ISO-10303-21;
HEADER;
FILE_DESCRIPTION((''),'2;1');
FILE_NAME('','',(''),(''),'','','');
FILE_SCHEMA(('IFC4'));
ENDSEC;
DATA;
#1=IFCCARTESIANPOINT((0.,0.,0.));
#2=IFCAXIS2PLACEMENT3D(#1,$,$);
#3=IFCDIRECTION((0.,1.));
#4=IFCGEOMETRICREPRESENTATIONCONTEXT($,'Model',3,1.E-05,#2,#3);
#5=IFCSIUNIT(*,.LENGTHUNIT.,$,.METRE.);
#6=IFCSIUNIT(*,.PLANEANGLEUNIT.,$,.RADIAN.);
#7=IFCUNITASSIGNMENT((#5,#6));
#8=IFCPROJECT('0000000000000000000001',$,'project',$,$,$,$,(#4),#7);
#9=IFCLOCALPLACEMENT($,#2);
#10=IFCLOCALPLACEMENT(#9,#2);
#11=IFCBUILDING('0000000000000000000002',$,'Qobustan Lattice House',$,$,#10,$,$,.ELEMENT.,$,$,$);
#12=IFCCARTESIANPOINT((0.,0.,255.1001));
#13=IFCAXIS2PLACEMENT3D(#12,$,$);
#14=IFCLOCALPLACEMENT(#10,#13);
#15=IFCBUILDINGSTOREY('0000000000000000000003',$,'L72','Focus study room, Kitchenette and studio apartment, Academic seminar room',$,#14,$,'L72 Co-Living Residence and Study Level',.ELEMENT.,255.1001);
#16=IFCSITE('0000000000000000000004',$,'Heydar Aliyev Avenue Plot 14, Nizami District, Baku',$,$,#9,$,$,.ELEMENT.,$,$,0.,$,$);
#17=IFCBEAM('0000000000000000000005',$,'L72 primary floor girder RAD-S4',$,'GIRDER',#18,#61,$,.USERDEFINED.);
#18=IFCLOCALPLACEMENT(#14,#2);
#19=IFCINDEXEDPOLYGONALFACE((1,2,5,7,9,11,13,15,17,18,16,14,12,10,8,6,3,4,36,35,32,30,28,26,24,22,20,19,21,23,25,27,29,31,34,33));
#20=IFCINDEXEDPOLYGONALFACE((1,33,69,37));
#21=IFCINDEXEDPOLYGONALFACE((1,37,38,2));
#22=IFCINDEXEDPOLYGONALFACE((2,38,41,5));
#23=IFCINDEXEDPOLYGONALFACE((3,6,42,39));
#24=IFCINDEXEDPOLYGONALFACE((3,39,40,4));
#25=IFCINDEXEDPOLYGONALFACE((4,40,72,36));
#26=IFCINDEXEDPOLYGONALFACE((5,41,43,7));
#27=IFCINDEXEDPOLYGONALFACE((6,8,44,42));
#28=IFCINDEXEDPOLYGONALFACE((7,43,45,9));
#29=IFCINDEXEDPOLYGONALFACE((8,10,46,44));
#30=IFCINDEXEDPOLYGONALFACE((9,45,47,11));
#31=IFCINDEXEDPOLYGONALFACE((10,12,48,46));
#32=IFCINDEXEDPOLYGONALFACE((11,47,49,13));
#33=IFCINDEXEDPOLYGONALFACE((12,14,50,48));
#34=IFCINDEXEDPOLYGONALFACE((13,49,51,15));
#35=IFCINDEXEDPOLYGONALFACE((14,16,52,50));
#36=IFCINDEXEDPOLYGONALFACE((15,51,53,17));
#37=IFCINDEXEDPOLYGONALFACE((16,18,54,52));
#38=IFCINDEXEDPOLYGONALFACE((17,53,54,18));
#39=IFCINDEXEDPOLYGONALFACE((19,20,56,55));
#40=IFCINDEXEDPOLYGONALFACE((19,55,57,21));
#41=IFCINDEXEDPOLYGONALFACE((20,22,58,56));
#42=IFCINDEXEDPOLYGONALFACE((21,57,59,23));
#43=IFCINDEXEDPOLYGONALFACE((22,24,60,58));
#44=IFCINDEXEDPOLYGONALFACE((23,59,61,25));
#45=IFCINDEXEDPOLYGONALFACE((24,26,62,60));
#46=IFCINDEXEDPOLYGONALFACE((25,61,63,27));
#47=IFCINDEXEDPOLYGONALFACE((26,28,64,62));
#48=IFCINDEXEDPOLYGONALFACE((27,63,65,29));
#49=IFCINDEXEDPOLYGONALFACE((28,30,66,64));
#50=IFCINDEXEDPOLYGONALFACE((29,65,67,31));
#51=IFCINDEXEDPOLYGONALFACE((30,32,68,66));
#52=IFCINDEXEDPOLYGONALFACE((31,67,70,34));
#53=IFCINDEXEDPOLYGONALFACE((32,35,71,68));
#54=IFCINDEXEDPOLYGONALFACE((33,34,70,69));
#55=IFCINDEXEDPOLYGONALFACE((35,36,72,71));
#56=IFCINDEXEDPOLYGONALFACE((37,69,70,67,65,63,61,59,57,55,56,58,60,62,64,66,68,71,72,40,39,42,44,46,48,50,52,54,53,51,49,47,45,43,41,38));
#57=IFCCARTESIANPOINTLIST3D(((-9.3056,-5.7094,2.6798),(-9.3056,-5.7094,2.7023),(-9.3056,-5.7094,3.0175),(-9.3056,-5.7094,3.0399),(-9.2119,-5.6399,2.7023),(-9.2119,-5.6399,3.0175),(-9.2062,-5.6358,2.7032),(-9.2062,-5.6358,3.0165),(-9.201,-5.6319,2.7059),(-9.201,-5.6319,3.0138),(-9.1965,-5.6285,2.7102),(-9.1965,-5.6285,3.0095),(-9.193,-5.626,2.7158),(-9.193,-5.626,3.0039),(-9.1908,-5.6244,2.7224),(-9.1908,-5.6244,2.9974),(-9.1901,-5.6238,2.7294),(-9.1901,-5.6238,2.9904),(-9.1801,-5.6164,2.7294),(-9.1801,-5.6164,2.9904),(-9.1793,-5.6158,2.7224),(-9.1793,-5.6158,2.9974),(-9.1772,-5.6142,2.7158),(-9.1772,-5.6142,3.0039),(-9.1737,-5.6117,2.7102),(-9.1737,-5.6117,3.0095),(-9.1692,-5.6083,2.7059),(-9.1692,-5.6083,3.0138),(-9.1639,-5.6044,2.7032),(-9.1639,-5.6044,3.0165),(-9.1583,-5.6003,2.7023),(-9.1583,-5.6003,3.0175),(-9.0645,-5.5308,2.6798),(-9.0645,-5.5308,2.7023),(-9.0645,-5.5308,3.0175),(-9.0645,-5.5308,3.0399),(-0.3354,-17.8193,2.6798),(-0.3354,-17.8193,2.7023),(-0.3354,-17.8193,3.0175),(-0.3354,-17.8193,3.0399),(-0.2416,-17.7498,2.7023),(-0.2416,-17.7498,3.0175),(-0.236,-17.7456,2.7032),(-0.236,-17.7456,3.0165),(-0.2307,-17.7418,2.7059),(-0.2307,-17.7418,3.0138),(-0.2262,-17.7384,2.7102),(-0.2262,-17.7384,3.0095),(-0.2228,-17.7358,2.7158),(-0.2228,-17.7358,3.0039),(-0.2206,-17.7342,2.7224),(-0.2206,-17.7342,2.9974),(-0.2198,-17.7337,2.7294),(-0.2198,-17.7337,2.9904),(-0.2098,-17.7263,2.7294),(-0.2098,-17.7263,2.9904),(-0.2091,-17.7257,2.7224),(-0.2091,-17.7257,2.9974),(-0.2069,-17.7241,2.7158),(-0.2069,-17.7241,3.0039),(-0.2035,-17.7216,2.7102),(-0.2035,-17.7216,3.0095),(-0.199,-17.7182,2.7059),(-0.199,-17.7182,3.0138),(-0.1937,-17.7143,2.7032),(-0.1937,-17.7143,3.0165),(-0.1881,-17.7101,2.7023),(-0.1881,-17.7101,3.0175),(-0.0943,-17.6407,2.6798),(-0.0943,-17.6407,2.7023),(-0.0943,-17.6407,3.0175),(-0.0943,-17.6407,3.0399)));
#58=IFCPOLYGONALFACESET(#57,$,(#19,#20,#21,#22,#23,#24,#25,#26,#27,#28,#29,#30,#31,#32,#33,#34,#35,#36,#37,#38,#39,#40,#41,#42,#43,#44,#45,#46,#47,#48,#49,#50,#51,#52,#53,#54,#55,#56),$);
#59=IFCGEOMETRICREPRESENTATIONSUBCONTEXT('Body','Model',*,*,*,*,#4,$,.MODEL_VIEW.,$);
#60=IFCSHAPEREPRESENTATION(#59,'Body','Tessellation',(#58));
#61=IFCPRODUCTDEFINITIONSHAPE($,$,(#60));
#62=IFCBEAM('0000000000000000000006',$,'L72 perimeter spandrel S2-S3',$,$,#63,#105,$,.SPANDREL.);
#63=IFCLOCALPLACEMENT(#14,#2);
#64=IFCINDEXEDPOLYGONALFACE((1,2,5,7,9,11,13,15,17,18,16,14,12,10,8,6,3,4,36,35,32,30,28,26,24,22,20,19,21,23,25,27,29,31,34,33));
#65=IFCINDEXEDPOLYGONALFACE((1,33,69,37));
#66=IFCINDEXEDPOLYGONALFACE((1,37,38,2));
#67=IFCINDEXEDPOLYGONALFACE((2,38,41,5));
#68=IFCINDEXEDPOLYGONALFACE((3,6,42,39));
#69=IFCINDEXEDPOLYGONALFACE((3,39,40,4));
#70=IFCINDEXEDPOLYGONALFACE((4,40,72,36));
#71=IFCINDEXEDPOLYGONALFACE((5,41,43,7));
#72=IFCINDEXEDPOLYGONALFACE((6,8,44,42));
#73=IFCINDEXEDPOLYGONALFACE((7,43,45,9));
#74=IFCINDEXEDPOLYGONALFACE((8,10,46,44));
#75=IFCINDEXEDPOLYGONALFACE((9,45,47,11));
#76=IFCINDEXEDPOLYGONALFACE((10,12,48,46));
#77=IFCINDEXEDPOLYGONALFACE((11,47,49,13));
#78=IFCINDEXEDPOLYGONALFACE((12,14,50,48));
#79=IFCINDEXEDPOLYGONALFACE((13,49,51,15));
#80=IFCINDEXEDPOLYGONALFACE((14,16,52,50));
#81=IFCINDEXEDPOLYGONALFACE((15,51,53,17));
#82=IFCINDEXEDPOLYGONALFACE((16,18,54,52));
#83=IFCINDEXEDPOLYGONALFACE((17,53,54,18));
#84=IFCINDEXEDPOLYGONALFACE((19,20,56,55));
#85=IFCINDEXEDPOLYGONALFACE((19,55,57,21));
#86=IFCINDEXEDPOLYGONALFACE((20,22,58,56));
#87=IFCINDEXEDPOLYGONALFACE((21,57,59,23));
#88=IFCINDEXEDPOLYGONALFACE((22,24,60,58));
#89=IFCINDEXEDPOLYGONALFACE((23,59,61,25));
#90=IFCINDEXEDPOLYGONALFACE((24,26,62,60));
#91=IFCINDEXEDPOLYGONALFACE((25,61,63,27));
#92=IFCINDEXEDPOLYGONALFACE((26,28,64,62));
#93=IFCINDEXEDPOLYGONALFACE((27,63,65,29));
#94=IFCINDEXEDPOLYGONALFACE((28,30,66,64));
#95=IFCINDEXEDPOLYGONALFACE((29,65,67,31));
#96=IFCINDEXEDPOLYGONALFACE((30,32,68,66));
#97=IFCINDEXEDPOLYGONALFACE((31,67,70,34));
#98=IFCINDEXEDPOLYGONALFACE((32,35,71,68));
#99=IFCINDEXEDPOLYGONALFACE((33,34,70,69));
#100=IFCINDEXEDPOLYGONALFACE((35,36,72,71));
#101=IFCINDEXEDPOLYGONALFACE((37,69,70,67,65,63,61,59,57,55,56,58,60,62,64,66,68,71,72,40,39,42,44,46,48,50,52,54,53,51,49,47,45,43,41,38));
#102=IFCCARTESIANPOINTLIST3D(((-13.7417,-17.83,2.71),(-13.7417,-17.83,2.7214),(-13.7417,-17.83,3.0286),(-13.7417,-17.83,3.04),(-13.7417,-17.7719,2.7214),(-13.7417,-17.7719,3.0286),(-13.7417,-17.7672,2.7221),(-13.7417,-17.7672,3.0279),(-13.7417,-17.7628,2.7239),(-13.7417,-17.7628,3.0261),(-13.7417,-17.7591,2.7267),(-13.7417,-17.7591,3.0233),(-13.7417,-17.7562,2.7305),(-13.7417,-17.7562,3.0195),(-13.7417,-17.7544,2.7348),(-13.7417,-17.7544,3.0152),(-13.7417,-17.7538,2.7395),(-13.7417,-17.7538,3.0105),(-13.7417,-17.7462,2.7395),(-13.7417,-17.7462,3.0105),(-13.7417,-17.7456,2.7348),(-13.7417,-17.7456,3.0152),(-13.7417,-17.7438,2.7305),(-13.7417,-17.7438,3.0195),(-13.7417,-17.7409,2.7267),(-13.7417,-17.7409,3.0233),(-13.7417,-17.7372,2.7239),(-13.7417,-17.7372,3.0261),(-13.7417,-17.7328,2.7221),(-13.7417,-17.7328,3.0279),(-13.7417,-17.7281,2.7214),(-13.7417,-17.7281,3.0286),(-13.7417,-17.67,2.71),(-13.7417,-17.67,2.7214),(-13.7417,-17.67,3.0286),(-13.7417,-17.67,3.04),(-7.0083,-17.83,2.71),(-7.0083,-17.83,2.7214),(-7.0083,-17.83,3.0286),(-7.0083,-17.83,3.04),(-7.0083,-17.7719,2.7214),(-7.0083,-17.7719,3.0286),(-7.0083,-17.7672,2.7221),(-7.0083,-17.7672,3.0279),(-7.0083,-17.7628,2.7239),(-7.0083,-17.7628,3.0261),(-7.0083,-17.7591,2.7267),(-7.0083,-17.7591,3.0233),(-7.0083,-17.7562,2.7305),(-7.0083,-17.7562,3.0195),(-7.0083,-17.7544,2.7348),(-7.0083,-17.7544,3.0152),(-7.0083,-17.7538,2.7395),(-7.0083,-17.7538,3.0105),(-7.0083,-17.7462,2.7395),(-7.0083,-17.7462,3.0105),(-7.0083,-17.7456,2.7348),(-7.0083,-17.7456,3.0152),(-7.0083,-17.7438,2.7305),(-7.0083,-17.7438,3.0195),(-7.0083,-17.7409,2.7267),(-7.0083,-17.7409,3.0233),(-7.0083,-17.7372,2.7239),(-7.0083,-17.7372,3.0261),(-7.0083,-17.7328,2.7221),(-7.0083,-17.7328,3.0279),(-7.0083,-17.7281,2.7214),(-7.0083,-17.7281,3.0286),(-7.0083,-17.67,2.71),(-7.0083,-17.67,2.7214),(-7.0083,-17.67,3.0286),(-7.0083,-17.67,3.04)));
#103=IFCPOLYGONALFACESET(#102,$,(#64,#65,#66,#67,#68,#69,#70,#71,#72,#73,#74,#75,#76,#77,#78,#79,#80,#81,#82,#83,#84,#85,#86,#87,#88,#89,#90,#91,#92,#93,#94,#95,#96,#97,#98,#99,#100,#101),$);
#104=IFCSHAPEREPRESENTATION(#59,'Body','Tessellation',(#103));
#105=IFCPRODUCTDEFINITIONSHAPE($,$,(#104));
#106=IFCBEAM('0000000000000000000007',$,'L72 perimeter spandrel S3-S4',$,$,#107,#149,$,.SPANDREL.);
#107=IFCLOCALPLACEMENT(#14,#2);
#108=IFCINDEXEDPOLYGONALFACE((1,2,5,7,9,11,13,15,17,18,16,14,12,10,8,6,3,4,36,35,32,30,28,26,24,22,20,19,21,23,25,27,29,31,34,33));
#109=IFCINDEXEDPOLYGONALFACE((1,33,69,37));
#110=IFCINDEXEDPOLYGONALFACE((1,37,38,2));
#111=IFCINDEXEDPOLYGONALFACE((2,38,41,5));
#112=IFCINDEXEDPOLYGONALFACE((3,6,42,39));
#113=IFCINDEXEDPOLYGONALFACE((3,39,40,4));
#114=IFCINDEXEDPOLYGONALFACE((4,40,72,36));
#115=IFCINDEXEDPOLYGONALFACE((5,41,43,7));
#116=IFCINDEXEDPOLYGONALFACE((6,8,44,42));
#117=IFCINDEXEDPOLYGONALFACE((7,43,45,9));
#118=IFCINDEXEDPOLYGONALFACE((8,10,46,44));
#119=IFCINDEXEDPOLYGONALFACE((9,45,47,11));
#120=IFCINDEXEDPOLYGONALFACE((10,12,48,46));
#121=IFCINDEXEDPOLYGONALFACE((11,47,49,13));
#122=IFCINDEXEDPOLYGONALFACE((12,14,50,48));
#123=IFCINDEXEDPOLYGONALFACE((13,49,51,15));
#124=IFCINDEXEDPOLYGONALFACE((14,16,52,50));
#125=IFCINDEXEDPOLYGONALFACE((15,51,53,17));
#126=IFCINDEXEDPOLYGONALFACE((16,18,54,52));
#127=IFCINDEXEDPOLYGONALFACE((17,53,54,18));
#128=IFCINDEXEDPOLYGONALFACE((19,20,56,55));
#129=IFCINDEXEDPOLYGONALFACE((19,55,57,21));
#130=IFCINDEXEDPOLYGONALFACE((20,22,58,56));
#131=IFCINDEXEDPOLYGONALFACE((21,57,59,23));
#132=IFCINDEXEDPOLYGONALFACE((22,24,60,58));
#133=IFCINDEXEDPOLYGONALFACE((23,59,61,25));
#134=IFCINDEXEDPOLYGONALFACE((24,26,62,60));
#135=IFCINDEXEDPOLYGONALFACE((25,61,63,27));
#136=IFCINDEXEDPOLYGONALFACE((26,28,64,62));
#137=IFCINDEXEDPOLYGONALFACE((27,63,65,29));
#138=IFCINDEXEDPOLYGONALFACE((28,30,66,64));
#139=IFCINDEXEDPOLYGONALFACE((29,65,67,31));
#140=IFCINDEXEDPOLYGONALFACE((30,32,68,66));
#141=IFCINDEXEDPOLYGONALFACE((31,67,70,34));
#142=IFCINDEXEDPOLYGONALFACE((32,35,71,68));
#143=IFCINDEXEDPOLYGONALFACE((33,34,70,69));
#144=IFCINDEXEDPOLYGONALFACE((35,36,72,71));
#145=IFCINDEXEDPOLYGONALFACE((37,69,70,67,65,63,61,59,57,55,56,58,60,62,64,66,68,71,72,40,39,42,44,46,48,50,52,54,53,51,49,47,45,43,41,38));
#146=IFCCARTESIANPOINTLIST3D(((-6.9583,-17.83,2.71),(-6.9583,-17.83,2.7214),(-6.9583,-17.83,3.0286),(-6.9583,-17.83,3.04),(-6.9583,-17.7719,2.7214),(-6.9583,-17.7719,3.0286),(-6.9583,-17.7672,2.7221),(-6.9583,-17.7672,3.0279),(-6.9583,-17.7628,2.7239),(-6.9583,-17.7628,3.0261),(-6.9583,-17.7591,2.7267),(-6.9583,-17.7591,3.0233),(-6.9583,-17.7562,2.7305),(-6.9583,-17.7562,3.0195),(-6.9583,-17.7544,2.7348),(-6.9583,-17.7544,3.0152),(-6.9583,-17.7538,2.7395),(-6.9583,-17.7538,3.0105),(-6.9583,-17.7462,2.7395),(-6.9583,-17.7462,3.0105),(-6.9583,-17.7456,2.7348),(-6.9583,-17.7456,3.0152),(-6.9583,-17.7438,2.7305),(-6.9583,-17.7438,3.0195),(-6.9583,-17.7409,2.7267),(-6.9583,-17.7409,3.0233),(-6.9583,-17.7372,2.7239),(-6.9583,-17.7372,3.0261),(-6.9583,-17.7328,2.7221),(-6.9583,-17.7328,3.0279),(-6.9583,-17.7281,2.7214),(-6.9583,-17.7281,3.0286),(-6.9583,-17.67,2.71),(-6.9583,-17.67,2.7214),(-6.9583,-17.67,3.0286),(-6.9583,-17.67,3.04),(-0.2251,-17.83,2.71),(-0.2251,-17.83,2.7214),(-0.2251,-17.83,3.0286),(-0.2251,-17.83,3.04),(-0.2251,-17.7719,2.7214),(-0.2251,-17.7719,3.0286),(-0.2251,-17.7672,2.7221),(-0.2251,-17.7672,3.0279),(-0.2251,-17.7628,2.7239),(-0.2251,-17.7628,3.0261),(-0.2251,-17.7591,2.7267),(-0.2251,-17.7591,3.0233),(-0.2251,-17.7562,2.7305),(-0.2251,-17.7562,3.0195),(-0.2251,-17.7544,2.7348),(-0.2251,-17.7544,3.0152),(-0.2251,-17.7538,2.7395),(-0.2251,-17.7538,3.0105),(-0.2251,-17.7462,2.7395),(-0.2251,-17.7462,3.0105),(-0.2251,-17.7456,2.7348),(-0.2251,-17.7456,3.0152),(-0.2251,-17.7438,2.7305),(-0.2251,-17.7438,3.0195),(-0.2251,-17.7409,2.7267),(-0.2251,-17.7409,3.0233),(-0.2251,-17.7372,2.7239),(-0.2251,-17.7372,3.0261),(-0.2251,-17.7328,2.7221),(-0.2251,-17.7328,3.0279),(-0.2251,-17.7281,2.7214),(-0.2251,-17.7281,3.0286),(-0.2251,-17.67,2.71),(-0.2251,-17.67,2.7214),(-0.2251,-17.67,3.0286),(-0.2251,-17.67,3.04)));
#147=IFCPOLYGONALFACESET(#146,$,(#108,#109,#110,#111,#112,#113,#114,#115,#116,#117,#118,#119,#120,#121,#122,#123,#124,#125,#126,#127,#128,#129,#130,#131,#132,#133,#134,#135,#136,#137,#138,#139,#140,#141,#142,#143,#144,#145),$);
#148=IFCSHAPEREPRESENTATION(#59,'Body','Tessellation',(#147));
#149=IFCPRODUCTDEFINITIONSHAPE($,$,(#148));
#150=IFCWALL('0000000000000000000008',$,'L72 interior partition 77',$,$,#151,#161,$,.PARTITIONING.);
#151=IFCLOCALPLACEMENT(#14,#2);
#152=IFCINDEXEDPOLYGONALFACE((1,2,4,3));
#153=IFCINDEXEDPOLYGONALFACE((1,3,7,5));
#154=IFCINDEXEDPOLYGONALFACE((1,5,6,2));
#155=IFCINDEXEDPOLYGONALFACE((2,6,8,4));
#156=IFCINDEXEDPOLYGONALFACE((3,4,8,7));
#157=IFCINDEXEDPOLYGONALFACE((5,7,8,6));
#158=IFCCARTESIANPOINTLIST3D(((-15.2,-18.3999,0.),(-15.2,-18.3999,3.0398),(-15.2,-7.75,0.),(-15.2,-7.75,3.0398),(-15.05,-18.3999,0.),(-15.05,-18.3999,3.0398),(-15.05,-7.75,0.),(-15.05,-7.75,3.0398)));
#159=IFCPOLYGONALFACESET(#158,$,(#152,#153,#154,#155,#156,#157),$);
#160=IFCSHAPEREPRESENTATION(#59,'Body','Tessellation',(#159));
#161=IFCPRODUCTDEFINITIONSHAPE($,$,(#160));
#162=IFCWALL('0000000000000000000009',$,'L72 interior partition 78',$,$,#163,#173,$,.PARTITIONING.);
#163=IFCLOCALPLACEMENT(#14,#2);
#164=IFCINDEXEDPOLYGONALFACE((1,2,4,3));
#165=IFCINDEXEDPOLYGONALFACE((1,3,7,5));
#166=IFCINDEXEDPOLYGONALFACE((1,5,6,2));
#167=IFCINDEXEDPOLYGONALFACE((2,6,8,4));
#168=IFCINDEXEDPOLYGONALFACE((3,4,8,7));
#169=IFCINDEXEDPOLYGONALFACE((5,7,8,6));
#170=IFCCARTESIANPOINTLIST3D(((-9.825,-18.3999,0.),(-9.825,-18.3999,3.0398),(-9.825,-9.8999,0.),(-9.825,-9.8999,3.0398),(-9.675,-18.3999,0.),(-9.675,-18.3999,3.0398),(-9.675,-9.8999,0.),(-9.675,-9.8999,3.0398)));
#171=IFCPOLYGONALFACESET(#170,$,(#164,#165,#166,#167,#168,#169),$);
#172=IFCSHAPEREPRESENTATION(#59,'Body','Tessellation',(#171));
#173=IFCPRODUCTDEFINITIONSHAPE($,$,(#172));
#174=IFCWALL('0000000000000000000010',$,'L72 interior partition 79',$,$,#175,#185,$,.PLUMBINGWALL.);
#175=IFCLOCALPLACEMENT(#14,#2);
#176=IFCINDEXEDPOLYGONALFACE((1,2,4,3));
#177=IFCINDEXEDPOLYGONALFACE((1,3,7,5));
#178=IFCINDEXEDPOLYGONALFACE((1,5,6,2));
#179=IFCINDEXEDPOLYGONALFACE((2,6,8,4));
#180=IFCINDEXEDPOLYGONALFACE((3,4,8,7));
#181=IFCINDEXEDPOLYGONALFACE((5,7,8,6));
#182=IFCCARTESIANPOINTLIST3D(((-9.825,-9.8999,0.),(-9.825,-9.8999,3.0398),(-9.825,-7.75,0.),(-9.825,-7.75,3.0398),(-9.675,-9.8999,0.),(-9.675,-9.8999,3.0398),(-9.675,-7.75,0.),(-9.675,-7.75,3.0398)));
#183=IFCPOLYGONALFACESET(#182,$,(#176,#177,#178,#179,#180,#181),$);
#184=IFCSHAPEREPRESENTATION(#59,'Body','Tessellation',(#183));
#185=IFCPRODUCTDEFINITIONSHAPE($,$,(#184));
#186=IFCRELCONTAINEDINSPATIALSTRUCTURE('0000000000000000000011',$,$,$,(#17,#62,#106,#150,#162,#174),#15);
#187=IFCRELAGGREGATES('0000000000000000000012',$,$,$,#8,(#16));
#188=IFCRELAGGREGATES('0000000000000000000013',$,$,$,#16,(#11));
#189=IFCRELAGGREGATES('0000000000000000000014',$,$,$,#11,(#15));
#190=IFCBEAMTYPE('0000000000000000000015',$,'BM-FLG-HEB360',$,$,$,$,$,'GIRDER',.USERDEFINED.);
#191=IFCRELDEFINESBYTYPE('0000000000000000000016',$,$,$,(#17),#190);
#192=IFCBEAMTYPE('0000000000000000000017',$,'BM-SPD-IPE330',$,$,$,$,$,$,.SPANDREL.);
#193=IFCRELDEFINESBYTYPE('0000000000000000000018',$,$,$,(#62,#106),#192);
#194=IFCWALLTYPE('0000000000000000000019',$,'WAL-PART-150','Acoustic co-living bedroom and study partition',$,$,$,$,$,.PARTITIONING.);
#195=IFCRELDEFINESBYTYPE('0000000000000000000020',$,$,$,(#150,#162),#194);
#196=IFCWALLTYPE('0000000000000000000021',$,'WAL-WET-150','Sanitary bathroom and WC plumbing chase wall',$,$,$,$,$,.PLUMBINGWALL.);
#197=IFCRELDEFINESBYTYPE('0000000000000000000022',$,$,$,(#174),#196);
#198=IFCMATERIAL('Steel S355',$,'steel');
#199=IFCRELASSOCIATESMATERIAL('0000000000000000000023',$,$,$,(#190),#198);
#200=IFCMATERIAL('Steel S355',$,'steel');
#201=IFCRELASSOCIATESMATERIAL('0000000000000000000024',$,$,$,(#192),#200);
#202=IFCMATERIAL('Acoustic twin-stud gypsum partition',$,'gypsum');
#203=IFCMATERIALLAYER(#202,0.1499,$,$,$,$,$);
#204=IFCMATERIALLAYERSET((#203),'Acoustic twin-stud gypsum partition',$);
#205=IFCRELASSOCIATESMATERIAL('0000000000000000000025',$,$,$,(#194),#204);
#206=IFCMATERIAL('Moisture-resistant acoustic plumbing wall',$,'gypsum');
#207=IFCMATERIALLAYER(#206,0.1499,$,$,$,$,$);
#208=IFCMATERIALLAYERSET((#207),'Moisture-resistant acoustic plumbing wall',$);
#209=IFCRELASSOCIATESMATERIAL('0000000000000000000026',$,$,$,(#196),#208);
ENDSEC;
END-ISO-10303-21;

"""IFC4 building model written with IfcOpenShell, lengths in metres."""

from ifc_helpers import new_model, si_unit, direction, frame, frame_2d, origin, origin_2d, place, context, subcontext, project, spatial, rectangle, i_section, extrude, material, layer, layer_set, material_profile, profile_set, type_object, element, save


model = new_model("IFC4")

# Units and contexts
model_context = context("Model", 3, precision=1e-05, world=origin(), true_north=direction((0.0, 1.0)))
body_context = subcontext(model_context, "Body", "Model", "MODEL_VIEW")
ifc_project = project(units=[si_unit("LENGTHUNIT", "METRE"), si_unit("PLANEANGLEUNIT", "RADIAN")], contexts=[model_context])

# Site, building, storey
site_placement = place(None, origin())
site = spatial("IfcSite", under=ifc_project, at=site_placement, Name="Heydar Aliyev Avenue Plot 14, Nizami District, Baku", CompositionType="ELEMENT", RefElevation=0.0)
building_placement = place(site_placement, origin())
building = spatial("IfcBuilding", under=site, at=building_placement, Name="Qobustan Lattice House", CompositionType="ELEMENT")
storey_placement = place(building_placement, frame((0.0, 0.0, 255.1001)))
storey = spatial("IfcBuildingStorey", under=building, at=storey_placement, Name="L72", Description="Focus study room, Kitchenette and studio apartment, Academic seminar room", LongName="L72 Co-Living Residence and Study Level", CompositionType="ELEMENT", Elevation=255.1001)

# Beams
ifc_material_1 = material(Name="Steel S355", Category="steel")
ifc_material_profile_1 = material_profile(ifc_material_1, i_section(OverallWidth=0.3, OverallDepth=0.3601, WebThickness=0.0125, FlangeThickness=0.0225, FilletRadius=0.0271, at=origin_2d()), Name="HEB360")
ifc_profile_set_1 = profile_set([ifc_material_profile_1], Name="Steel S355")
beam_type_1 = type_object("IfcBeamType", Name="BM-FLG-HEB360", ElementType="GIRDER", PredefinedType="USERDEFINED", material=ifc_profile_set_1)
beam_1_placement = place(storey_placement, frame((-0.2148, -17.73, 2.8599), z_axis=(-0.595225, 0.803559, 0.0), x_axis=(-0.803559, -0.595225, 0.0)))
element("IfcBeam", 1, at=beam_1_placement, inside=storey, type_object=beam_type_1, Name="L72 primary floor girder RAD-S4", ObjectType="GIRDER", PredefinedType="USERDEFINED", context=body_context, shape_type="SweptSolid", body=[
    extrude(i_section(OverallWidth=0.3, OverallDepth=0.3601, WebThickness=0.0125, FlangeThickness=0.0225, FilletRadius=0.0271, at=origin_2d()), origin(), (0.0, 0.0, 1.0), 15.0703),
])
ifc_material_2 = material(Name="Steel S355", Category="steel")
ifc_material_profile_2 = material_profile(ifc_material_2, i_section(OverallWidth=0.1599, OverallDepth=0.3301, WebThickness=0.0076, FlangeThickness=0.0115, FilletRadius=0.0181, at=origin_2d()), Name="IPE330")
ifc_profile_set_2 = profile_set([ifc_material_profile_2], Name="Steel S355")
beam_type_2 = type_object("IfcBeamType", Name="BM-SPD-IPE330", PredefinedType="SPANDREL", material=ifc_profile_set_2)
beam_2_placement = place(storey_placement, frame((-13.7417, -17.75, 2.875), z_axis=(1.0, 0.0, 0.0), x_axis=(0.0, 1.0, 0.0)))
element("IfcBeam", 2, at=beam_2_placement, inside=storey, type_object=beam_type_2, Name="L72 perimeter spandrel S2-S3", PredefinedType="SPANDREL", context=body_context, shape_type="SweptSolid", body=[
    extrude(i_section(OverallWidth=0.1599, OverallDepth=0.3301, WebThickness=0.0076, FlangeThickness=0.0115, FilletRadius=0.0181, at=origin_2d()), origin(), (0.0, 0.0, 1.0), 6.7334),
])
beam_3_placement = place(storey_placement, frame((-6.9583, -17.75, 2.875), z_axis=(1.0, 0.0, 0.0), x_axis=(0.0, 1.0, 0.0)))
element("IfcBeam", 3, at=beam_3_placement, inside=storey, type_object=beam_type_2, Name="L72 perimeter spandrel S3-S4", PredefinedType="SPANDREL", context=body_context, shape_type="SweptSolid", body=[
    extrude(i_section(OverallWidth=0.1599, OverallDepth=0.3301, WebThickness=0.0076, FlangeThickness=0.0115, FilletRadius=0.0181, at=origin_2d()), origin(), (0.0, 0.0, 1.0), 6.7332),
])

# Shared definitions
ifc_material_3 = material(Name="Acoustic twin-stud gypsum partition", Category="gypsum")
ifc_layer_1 = layer(ifc_material_3, 0.1499)
ifc_layer_set_1 = layer_set([ifc_layer_1], Name="Acoustic twin-stud gypsum partition")
wall_type_1 = type_object("IfcWallType", Name="WAL-PART-150", Description="Acoustic co-living bedroom and study partition", PredefinedType="PARTITIONING", material=ifc_layer_set_1)

# Walls
wall_1_placement = place(storey_placement, frame((-15.125, -7.75, 0.0), z_axis=(0.0, 0.0, 1.0), x_axis=(0.0, -1.0, 0.0)))
element("IfcWall", 4, at=wall_1_placement, inside=storey, type_object=wall_type_1, Name="L72 interior partition 77", PredefinedType="PARTITIONING", context=body_context, shape_type="SweptSolid", body=[
    extrude(rectangle(XDim=10.6499, YDim=0.1499, at=frame_2d((5.325, 0.0))), origin(), (0.0, 0.0, 1.0), 3.0398),
])
wall_2_placement = place(storey_placement, frame((-9.75, -9.8999, 0.0), z_axis=(0.0, 0.0, 1.0), x_axis=(0.0, -1.0, 0.0)))
element("IfcWall", 5, at=wall_2_placement, inside=storey, type_object=wall_type_1, Name="L72 interior partition 78", PredefinedType="PARTITIONING", context=body_context, shape_type="SweptSolid", body=[
    extrude(rectangle(XDim=8.5, YDim=0.1499, at=frame_2d((4.25, 0.0))), origin(), (0.0, 0.0, 1.0), 3.0398),
])
ifc_material_4 = material(Name="Moisture-resistant acoustic plumbing wall", Category="gypsum")
ifc_layer_2 = layer(ifc_material_4, 0.1499)
ifc_layer_set_2 = layer_set([ifc_layer_2], Name="Moisture-resistant acoustic plumbing wall")
wall_type_2 = type_object("IfcWallType", Name="WAL-WET-150", Description="Sanitary bathroom and WC plumbing chase wall", PredefinedType="PLUMBINGWALL", material=ifc_layer_set_2)
wall_3_placement = place(storey_placement, frame((-9.75, -7.75, 0.0), z_axis=(0.0, 0.0, 1.0), x_axis=(0.0, -1.0, 0.0)))
element("IfcWall", 6, at=wall_3_placement, inside=storey, type_object=wall_type_2, Name="L72 interior partition 79", PredefinedType="PLUMBINGWALL", context=body_context, shape_type="SweptSolid", body=[
    extrude(rectangle(XDim=2.1499, YDim=0.1499, at=frame_2d((1.075, 0.0))), origin(), (0.0, 0.0, 1.0), 3.0398),
])

save(model, "model.ifc")
